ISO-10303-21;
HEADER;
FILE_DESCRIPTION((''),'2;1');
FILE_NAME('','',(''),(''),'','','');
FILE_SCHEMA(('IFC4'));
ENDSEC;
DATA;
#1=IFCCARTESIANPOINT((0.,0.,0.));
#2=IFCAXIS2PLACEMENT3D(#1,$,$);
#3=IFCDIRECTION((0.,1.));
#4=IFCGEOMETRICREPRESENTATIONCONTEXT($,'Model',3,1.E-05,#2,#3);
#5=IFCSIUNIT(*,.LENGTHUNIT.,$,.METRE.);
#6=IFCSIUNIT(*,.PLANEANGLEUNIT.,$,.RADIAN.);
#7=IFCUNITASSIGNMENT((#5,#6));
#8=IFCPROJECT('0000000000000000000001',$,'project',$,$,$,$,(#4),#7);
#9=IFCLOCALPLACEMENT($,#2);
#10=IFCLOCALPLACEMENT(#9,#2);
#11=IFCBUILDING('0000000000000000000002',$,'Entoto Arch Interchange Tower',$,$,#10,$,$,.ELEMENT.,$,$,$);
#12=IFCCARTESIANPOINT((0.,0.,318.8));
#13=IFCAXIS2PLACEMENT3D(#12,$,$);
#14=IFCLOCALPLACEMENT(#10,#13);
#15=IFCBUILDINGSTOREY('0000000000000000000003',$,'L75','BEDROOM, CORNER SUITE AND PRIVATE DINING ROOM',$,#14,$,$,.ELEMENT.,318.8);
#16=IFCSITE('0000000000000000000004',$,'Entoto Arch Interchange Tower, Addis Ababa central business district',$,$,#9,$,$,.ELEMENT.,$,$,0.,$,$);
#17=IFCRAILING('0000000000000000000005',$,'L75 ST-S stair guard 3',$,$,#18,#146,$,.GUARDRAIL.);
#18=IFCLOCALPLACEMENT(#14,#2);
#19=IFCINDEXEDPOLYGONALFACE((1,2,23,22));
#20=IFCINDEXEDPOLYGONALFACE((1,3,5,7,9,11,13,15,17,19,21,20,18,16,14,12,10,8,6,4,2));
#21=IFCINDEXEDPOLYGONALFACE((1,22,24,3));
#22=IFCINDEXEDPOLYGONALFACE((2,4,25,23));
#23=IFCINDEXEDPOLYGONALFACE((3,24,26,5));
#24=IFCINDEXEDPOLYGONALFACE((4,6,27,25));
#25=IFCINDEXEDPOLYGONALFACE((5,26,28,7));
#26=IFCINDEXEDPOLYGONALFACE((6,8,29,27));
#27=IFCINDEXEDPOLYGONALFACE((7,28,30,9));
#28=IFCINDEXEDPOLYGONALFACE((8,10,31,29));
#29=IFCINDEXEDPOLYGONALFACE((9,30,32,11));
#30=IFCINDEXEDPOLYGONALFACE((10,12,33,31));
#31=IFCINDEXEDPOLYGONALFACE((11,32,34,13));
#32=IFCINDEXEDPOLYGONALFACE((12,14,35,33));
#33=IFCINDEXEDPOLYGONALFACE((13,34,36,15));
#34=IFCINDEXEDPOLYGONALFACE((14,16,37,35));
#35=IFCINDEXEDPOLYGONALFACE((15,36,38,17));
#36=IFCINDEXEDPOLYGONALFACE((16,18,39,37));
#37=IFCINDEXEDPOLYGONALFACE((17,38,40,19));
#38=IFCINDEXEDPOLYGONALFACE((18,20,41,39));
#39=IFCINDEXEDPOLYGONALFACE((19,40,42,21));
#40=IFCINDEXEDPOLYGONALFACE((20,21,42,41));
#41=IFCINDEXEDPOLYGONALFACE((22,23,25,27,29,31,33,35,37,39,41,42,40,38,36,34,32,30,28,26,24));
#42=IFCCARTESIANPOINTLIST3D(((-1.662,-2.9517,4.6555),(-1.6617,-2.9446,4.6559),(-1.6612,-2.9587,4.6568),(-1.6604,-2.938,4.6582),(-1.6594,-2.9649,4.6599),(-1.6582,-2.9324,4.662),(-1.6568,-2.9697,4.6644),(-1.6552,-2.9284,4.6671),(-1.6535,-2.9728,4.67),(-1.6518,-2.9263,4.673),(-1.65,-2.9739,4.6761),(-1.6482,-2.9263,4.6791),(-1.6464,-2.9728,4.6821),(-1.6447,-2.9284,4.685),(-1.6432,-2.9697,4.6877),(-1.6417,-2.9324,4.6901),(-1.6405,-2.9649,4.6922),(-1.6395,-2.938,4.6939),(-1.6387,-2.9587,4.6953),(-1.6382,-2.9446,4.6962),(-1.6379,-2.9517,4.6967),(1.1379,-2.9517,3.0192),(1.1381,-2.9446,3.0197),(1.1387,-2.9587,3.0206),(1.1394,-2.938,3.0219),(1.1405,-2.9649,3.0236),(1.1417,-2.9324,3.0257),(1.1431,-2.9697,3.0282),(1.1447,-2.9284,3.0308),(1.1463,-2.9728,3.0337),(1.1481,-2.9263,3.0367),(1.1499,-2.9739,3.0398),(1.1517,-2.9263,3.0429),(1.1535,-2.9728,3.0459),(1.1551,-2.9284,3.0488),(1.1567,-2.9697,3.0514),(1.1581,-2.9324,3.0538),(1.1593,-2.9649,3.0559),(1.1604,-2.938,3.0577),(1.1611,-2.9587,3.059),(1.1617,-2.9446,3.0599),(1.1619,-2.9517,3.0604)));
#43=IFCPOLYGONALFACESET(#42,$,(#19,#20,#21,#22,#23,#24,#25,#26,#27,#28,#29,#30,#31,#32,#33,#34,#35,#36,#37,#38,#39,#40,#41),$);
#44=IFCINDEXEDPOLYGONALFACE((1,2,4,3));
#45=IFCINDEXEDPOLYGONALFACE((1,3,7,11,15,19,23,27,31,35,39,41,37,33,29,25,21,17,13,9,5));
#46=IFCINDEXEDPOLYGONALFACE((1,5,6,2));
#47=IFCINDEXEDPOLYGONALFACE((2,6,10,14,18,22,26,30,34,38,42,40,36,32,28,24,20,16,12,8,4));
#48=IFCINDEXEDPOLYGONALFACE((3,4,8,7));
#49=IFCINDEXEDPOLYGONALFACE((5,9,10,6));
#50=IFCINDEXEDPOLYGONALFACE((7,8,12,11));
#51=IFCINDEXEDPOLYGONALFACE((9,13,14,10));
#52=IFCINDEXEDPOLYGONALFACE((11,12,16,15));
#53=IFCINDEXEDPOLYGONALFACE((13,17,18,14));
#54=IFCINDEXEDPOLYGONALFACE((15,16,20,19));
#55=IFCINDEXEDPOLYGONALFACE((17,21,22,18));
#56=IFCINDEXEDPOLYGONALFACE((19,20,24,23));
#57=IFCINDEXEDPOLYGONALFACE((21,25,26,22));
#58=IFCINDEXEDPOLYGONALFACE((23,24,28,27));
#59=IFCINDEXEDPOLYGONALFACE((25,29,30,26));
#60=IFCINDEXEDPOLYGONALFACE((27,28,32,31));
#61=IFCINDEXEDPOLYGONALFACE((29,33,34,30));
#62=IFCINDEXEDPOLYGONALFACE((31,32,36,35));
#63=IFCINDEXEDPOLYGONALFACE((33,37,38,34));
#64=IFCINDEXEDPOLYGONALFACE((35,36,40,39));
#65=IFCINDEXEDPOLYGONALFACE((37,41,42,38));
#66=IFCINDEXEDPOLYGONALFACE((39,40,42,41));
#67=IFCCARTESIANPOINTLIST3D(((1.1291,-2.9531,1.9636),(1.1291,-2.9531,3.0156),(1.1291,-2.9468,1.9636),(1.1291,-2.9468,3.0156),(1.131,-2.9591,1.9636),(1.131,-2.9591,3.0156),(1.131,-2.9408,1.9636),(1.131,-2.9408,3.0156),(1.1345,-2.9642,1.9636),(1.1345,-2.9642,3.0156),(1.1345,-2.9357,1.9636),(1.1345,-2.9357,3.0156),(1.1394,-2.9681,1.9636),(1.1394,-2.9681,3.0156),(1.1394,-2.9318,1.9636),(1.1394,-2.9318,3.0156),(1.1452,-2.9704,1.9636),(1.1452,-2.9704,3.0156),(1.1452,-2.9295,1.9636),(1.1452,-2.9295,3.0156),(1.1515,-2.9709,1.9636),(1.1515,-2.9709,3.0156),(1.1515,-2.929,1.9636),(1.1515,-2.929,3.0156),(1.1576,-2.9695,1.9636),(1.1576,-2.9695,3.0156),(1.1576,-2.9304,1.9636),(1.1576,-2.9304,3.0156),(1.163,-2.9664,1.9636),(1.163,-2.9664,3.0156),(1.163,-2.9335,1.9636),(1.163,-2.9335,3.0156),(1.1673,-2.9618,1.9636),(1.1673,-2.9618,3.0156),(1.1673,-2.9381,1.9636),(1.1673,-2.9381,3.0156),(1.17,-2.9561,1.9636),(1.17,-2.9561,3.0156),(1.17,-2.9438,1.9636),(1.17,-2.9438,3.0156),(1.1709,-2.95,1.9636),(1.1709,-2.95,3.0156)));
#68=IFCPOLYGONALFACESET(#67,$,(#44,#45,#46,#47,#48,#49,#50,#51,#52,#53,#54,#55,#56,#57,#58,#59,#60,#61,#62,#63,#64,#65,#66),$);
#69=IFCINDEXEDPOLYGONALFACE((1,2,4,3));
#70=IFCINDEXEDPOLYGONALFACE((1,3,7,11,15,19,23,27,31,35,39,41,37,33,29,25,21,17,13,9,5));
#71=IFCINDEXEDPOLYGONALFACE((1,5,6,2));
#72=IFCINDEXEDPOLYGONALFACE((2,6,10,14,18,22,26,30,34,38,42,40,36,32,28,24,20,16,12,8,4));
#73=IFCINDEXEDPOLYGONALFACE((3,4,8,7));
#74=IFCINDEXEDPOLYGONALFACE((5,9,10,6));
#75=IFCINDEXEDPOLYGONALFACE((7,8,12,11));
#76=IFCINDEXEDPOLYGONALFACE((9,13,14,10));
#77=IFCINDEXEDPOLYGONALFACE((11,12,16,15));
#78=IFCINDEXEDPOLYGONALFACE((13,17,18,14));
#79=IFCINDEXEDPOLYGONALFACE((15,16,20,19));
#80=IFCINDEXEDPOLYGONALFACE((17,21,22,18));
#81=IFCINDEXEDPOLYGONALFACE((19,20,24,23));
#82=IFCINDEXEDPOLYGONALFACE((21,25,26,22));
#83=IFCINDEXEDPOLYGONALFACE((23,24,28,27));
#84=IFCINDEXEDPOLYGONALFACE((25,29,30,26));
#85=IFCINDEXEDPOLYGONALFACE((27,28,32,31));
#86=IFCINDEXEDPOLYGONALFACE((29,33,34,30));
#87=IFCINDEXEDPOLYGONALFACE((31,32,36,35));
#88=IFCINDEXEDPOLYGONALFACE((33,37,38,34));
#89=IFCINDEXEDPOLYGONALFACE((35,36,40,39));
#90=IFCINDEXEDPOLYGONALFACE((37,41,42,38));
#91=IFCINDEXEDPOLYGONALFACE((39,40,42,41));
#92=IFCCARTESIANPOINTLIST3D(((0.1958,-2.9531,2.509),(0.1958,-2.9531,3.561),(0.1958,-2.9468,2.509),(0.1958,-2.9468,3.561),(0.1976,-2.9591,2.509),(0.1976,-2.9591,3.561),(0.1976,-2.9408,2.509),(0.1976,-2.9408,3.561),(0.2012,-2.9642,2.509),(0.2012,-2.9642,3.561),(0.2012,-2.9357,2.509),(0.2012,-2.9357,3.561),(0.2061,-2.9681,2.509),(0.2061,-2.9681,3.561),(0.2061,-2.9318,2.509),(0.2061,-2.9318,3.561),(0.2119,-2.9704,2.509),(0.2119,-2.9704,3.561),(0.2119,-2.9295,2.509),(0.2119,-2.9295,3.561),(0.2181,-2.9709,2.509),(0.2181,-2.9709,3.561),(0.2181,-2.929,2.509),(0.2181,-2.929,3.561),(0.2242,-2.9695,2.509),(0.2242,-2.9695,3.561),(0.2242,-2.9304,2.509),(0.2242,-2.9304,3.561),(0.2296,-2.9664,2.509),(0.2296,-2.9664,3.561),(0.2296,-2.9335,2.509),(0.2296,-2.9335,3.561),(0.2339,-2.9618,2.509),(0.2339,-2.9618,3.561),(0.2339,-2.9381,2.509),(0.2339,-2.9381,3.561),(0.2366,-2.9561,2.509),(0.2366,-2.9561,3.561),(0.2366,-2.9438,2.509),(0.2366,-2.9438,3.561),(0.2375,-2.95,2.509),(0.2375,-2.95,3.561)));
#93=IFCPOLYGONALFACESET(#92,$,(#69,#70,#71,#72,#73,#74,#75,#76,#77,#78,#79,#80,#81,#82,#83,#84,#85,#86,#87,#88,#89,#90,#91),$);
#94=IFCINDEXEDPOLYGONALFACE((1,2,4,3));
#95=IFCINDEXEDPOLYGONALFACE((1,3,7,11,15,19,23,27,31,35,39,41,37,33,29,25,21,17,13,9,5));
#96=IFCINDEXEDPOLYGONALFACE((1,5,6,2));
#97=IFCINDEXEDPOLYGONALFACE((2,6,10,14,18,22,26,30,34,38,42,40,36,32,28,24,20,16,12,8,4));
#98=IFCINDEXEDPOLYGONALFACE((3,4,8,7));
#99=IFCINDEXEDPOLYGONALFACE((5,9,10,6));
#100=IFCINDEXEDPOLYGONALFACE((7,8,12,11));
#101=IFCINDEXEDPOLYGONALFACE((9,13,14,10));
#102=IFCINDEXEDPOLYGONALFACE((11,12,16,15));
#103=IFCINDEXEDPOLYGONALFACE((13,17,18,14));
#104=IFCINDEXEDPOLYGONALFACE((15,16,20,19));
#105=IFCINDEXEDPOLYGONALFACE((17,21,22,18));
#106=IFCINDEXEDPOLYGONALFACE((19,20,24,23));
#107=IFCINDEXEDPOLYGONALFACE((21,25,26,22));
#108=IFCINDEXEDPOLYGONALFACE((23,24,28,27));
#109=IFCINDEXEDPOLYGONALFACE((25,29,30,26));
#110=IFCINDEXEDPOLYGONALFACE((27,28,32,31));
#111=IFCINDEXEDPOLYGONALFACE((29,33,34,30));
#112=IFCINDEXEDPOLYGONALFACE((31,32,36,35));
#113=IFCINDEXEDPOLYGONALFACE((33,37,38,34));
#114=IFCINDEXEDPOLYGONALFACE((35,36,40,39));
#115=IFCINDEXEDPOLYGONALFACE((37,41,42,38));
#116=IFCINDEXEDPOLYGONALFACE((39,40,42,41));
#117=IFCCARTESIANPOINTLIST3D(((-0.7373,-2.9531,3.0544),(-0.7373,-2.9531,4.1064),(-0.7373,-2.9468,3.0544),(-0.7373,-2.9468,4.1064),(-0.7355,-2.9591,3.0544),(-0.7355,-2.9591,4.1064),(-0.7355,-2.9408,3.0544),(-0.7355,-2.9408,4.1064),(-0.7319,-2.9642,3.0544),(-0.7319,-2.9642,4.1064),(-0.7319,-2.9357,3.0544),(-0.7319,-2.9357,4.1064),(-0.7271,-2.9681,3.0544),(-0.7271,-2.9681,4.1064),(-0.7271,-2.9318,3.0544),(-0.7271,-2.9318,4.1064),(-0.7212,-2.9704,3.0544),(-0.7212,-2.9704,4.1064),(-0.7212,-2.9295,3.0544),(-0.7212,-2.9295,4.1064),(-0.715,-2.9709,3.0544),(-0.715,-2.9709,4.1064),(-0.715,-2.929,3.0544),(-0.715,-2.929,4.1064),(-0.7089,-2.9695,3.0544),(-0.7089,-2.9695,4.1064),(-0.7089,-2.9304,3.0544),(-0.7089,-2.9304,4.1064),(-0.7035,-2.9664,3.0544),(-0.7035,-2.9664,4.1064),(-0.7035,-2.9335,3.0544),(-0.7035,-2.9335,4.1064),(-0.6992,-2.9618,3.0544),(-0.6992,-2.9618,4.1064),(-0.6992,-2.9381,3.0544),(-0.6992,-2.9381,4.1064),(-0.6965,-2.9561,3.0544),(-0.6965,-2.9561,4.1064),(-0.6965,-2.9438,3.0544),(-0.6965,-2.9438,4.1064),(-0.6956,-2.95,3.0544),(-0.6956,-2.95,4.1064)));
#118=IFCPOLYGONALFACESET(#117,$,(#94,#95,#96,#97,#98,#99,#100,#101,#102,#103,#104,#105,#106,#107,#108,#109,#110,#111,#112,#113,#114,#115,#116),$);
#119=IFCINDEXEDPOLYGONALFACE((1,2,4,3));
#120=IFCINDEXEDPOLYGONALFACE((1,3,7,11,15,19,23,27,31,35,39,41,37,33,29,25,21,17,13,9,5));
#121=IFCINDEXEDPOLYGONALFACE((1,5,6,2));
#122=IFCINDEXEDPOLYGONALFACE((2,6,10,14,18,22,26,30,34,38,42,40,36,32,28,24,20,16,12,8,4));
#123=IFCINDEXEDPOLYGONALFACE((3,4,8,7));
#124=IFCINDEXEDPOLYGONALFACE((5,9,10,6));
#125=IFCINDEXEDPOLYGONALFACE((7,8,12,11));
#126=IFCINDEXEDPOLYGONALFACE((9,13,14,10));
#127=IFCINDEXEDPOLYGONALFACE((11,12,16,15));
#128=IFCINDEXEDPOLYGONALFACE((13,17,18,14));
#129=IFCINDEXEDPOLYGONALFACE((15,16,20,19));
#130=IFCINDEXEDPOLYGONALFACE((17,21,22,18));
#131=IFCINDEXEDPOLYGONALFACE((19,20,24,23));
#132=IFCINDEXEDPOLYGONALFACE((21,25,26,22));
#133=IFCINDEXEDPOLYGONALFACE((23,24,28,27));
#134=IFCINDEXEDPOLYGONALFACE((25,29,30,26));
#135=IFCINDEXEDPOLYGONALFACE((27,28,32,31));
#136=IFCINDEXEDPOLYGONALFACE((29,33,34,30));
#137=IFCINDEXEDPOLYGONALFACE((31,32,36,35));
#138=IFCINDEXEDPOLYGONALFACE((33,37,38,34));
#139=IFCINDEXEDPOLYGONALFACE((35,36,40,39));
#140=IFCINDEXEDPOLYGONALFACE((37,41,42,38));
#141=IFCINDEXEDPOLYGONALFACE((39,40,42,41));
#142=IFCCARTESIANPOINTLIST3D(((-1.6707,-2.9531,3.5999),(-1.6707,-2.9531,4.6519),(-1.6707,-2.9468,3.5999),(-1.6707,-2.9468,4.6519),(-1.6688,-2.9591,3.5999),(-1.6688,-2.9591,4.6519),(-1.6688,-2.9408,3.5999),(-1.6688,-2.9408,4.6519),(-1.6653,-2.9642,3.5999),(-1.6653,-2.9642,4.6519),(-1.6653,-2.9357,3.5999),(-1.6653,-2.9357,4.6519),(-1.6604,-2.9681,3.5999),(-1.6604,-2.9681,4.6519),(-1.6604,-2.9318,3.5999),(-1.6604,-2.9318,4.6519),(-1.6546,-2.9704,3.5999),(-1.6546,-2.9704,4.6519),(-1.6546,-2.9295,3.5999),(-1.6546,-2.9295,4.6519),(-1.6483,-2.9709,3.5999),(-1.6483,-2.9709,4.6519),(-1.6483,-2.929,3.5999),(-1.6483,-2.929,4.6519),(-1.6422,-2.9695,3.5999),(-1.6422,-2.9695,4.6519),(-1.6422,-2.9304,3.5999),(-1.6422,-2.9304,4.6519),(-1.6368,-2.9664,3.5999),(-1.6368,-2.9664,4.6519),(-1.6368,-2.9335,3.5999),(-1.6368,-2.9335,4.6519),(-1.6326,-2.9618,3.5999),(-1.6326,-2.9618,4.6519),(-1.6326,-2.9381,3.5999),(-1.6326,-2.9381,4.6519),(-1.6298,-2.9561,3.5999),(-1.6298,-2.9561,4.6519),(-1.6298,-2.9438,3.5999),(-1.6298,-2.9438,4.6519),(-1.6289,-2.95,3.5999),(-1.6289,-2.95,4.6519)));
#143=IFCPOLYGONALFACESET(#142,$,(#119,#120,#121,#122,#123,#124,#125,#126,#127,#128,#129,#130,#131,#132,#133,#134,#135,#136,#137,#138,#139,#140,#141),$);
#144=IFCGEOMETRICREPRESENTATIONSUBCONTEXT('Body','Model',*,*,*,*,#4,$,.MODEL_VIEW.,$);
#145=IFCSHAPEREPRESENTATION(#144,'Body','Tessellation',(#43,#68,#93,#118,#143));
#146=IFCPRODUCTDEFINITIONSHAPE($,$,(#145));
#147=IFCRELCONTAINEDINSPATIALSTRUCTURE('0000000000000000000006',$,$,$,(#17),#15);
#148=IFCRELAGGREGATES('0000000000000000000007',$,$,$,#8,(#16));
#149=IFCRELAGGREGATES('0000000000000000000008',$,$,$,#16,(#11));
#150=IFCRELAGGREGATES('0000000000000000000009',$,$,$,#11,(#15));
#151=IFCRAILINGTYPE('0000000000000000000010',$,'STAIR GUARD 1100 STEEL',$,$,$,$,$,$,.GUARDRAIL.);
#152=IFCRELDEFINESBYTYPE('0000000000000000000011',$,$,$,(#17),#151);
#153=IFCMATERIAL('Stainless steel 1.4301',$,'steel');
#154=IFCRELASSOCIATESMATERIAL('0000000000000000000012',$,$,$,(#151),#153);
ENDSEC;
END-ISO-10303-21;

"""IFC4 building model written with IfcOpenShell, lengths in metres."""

from ifc_helpers import new_model, si_unit, direction, frame, origin, origin_2d, place, context, subcontext, project, spatial, circle, extrude, material, type_object, element, save


model = new_model("IFC4")

# Units and contexts
model_context = context("Model", 3, precision=1e-05, world=origin(), true_north=direction((0.0, 1.0)))
body_context = subcontext(model_context, "Body", "Model", "MODEL_VIEW")
ifc_project = project(units=[si_unit("LENGTHUNIT", "METRE"), si_unit("PLANEANGLEUNIT", "RADIAN")], contexts=[model_context])

# Site, building, storey
site_placement = place(None, origin())
site = spatial("IfcSite", under=ifc_project, at=site_placement, Name="Entoto Arch Interchange Tower, Addis Ababa central business district", CompositionType="ELEMENT", RefElevation=0.0)
building_placement = place(site_placement, origin())
building = spatial("IfcBuilding", under=site, at=building_placement, Name="Entoto Arch Interchange Tower", CompositionType="ELEMENT")
storey_placement = place(building_placement, frame((0.0, 0.0, 318.8)))
storey = spatial("IfcBuildingStorey", under=building, at=storey_placement, Name="L75", Description="BEDROOM, CORNER SUITE AND PRIVATE DINING ROOM", CompositionType="ELEMENT", Elevation=318.8)

# Railing
ifc_material_1 = material(Name="Stainless steel 1.4301", Category="steel")
railing_type_1 = type_object("IfcRailingType", Name="STAIR GUARD 1100 STEEL", PredefinedType="GUARDRAIL", material=ifc_material_1)
railing_1_placement = place(storey_placement, frame((1.1499, -2.95, 1.9636)))
element("IfcRailing", 1, at=railing_1_placement, inside=storey, type_object=railing_type_1, Name="L75 ST-S stair guard 3", PredefinedType="GUARDRAIL", context=body_context, shape_type="SweptSolid", body=[
    extrude(circle(Radius=0.0239, at=origin_2d()), frame((0.0, 0.0, 1.0762), z_axis=(-0.863374, 0.0, 0.504564), x_axis=(0.0, -1.0, 0.0)), (0.0, 0.0, 1.0), 3.2429),
    extrude(circle(Radius=0.021, at=origin_2d()), origin(), (0.0, 0.0, 1.0), 1.052),
    extrude(circle(Radius=0.021, at=origin_2d()), frame((-0.9333, 0.0, 0.5454)), (0.0, 0.0, 1.0), 1.052),
    extrude(circle(Radius=0.021, at=origin_2d()), frame((-1.8665, 0.0, 1.0908)), (0.0, 0.0, 1.0), 1.052),
    extrude(circle(Radius=0.021, at=origin_2d()), frame((-2.7998, 0.0, 1.6362)), (0.0, 0.0, 1.0), 1.052),
])

save(model, "model.ifc")
